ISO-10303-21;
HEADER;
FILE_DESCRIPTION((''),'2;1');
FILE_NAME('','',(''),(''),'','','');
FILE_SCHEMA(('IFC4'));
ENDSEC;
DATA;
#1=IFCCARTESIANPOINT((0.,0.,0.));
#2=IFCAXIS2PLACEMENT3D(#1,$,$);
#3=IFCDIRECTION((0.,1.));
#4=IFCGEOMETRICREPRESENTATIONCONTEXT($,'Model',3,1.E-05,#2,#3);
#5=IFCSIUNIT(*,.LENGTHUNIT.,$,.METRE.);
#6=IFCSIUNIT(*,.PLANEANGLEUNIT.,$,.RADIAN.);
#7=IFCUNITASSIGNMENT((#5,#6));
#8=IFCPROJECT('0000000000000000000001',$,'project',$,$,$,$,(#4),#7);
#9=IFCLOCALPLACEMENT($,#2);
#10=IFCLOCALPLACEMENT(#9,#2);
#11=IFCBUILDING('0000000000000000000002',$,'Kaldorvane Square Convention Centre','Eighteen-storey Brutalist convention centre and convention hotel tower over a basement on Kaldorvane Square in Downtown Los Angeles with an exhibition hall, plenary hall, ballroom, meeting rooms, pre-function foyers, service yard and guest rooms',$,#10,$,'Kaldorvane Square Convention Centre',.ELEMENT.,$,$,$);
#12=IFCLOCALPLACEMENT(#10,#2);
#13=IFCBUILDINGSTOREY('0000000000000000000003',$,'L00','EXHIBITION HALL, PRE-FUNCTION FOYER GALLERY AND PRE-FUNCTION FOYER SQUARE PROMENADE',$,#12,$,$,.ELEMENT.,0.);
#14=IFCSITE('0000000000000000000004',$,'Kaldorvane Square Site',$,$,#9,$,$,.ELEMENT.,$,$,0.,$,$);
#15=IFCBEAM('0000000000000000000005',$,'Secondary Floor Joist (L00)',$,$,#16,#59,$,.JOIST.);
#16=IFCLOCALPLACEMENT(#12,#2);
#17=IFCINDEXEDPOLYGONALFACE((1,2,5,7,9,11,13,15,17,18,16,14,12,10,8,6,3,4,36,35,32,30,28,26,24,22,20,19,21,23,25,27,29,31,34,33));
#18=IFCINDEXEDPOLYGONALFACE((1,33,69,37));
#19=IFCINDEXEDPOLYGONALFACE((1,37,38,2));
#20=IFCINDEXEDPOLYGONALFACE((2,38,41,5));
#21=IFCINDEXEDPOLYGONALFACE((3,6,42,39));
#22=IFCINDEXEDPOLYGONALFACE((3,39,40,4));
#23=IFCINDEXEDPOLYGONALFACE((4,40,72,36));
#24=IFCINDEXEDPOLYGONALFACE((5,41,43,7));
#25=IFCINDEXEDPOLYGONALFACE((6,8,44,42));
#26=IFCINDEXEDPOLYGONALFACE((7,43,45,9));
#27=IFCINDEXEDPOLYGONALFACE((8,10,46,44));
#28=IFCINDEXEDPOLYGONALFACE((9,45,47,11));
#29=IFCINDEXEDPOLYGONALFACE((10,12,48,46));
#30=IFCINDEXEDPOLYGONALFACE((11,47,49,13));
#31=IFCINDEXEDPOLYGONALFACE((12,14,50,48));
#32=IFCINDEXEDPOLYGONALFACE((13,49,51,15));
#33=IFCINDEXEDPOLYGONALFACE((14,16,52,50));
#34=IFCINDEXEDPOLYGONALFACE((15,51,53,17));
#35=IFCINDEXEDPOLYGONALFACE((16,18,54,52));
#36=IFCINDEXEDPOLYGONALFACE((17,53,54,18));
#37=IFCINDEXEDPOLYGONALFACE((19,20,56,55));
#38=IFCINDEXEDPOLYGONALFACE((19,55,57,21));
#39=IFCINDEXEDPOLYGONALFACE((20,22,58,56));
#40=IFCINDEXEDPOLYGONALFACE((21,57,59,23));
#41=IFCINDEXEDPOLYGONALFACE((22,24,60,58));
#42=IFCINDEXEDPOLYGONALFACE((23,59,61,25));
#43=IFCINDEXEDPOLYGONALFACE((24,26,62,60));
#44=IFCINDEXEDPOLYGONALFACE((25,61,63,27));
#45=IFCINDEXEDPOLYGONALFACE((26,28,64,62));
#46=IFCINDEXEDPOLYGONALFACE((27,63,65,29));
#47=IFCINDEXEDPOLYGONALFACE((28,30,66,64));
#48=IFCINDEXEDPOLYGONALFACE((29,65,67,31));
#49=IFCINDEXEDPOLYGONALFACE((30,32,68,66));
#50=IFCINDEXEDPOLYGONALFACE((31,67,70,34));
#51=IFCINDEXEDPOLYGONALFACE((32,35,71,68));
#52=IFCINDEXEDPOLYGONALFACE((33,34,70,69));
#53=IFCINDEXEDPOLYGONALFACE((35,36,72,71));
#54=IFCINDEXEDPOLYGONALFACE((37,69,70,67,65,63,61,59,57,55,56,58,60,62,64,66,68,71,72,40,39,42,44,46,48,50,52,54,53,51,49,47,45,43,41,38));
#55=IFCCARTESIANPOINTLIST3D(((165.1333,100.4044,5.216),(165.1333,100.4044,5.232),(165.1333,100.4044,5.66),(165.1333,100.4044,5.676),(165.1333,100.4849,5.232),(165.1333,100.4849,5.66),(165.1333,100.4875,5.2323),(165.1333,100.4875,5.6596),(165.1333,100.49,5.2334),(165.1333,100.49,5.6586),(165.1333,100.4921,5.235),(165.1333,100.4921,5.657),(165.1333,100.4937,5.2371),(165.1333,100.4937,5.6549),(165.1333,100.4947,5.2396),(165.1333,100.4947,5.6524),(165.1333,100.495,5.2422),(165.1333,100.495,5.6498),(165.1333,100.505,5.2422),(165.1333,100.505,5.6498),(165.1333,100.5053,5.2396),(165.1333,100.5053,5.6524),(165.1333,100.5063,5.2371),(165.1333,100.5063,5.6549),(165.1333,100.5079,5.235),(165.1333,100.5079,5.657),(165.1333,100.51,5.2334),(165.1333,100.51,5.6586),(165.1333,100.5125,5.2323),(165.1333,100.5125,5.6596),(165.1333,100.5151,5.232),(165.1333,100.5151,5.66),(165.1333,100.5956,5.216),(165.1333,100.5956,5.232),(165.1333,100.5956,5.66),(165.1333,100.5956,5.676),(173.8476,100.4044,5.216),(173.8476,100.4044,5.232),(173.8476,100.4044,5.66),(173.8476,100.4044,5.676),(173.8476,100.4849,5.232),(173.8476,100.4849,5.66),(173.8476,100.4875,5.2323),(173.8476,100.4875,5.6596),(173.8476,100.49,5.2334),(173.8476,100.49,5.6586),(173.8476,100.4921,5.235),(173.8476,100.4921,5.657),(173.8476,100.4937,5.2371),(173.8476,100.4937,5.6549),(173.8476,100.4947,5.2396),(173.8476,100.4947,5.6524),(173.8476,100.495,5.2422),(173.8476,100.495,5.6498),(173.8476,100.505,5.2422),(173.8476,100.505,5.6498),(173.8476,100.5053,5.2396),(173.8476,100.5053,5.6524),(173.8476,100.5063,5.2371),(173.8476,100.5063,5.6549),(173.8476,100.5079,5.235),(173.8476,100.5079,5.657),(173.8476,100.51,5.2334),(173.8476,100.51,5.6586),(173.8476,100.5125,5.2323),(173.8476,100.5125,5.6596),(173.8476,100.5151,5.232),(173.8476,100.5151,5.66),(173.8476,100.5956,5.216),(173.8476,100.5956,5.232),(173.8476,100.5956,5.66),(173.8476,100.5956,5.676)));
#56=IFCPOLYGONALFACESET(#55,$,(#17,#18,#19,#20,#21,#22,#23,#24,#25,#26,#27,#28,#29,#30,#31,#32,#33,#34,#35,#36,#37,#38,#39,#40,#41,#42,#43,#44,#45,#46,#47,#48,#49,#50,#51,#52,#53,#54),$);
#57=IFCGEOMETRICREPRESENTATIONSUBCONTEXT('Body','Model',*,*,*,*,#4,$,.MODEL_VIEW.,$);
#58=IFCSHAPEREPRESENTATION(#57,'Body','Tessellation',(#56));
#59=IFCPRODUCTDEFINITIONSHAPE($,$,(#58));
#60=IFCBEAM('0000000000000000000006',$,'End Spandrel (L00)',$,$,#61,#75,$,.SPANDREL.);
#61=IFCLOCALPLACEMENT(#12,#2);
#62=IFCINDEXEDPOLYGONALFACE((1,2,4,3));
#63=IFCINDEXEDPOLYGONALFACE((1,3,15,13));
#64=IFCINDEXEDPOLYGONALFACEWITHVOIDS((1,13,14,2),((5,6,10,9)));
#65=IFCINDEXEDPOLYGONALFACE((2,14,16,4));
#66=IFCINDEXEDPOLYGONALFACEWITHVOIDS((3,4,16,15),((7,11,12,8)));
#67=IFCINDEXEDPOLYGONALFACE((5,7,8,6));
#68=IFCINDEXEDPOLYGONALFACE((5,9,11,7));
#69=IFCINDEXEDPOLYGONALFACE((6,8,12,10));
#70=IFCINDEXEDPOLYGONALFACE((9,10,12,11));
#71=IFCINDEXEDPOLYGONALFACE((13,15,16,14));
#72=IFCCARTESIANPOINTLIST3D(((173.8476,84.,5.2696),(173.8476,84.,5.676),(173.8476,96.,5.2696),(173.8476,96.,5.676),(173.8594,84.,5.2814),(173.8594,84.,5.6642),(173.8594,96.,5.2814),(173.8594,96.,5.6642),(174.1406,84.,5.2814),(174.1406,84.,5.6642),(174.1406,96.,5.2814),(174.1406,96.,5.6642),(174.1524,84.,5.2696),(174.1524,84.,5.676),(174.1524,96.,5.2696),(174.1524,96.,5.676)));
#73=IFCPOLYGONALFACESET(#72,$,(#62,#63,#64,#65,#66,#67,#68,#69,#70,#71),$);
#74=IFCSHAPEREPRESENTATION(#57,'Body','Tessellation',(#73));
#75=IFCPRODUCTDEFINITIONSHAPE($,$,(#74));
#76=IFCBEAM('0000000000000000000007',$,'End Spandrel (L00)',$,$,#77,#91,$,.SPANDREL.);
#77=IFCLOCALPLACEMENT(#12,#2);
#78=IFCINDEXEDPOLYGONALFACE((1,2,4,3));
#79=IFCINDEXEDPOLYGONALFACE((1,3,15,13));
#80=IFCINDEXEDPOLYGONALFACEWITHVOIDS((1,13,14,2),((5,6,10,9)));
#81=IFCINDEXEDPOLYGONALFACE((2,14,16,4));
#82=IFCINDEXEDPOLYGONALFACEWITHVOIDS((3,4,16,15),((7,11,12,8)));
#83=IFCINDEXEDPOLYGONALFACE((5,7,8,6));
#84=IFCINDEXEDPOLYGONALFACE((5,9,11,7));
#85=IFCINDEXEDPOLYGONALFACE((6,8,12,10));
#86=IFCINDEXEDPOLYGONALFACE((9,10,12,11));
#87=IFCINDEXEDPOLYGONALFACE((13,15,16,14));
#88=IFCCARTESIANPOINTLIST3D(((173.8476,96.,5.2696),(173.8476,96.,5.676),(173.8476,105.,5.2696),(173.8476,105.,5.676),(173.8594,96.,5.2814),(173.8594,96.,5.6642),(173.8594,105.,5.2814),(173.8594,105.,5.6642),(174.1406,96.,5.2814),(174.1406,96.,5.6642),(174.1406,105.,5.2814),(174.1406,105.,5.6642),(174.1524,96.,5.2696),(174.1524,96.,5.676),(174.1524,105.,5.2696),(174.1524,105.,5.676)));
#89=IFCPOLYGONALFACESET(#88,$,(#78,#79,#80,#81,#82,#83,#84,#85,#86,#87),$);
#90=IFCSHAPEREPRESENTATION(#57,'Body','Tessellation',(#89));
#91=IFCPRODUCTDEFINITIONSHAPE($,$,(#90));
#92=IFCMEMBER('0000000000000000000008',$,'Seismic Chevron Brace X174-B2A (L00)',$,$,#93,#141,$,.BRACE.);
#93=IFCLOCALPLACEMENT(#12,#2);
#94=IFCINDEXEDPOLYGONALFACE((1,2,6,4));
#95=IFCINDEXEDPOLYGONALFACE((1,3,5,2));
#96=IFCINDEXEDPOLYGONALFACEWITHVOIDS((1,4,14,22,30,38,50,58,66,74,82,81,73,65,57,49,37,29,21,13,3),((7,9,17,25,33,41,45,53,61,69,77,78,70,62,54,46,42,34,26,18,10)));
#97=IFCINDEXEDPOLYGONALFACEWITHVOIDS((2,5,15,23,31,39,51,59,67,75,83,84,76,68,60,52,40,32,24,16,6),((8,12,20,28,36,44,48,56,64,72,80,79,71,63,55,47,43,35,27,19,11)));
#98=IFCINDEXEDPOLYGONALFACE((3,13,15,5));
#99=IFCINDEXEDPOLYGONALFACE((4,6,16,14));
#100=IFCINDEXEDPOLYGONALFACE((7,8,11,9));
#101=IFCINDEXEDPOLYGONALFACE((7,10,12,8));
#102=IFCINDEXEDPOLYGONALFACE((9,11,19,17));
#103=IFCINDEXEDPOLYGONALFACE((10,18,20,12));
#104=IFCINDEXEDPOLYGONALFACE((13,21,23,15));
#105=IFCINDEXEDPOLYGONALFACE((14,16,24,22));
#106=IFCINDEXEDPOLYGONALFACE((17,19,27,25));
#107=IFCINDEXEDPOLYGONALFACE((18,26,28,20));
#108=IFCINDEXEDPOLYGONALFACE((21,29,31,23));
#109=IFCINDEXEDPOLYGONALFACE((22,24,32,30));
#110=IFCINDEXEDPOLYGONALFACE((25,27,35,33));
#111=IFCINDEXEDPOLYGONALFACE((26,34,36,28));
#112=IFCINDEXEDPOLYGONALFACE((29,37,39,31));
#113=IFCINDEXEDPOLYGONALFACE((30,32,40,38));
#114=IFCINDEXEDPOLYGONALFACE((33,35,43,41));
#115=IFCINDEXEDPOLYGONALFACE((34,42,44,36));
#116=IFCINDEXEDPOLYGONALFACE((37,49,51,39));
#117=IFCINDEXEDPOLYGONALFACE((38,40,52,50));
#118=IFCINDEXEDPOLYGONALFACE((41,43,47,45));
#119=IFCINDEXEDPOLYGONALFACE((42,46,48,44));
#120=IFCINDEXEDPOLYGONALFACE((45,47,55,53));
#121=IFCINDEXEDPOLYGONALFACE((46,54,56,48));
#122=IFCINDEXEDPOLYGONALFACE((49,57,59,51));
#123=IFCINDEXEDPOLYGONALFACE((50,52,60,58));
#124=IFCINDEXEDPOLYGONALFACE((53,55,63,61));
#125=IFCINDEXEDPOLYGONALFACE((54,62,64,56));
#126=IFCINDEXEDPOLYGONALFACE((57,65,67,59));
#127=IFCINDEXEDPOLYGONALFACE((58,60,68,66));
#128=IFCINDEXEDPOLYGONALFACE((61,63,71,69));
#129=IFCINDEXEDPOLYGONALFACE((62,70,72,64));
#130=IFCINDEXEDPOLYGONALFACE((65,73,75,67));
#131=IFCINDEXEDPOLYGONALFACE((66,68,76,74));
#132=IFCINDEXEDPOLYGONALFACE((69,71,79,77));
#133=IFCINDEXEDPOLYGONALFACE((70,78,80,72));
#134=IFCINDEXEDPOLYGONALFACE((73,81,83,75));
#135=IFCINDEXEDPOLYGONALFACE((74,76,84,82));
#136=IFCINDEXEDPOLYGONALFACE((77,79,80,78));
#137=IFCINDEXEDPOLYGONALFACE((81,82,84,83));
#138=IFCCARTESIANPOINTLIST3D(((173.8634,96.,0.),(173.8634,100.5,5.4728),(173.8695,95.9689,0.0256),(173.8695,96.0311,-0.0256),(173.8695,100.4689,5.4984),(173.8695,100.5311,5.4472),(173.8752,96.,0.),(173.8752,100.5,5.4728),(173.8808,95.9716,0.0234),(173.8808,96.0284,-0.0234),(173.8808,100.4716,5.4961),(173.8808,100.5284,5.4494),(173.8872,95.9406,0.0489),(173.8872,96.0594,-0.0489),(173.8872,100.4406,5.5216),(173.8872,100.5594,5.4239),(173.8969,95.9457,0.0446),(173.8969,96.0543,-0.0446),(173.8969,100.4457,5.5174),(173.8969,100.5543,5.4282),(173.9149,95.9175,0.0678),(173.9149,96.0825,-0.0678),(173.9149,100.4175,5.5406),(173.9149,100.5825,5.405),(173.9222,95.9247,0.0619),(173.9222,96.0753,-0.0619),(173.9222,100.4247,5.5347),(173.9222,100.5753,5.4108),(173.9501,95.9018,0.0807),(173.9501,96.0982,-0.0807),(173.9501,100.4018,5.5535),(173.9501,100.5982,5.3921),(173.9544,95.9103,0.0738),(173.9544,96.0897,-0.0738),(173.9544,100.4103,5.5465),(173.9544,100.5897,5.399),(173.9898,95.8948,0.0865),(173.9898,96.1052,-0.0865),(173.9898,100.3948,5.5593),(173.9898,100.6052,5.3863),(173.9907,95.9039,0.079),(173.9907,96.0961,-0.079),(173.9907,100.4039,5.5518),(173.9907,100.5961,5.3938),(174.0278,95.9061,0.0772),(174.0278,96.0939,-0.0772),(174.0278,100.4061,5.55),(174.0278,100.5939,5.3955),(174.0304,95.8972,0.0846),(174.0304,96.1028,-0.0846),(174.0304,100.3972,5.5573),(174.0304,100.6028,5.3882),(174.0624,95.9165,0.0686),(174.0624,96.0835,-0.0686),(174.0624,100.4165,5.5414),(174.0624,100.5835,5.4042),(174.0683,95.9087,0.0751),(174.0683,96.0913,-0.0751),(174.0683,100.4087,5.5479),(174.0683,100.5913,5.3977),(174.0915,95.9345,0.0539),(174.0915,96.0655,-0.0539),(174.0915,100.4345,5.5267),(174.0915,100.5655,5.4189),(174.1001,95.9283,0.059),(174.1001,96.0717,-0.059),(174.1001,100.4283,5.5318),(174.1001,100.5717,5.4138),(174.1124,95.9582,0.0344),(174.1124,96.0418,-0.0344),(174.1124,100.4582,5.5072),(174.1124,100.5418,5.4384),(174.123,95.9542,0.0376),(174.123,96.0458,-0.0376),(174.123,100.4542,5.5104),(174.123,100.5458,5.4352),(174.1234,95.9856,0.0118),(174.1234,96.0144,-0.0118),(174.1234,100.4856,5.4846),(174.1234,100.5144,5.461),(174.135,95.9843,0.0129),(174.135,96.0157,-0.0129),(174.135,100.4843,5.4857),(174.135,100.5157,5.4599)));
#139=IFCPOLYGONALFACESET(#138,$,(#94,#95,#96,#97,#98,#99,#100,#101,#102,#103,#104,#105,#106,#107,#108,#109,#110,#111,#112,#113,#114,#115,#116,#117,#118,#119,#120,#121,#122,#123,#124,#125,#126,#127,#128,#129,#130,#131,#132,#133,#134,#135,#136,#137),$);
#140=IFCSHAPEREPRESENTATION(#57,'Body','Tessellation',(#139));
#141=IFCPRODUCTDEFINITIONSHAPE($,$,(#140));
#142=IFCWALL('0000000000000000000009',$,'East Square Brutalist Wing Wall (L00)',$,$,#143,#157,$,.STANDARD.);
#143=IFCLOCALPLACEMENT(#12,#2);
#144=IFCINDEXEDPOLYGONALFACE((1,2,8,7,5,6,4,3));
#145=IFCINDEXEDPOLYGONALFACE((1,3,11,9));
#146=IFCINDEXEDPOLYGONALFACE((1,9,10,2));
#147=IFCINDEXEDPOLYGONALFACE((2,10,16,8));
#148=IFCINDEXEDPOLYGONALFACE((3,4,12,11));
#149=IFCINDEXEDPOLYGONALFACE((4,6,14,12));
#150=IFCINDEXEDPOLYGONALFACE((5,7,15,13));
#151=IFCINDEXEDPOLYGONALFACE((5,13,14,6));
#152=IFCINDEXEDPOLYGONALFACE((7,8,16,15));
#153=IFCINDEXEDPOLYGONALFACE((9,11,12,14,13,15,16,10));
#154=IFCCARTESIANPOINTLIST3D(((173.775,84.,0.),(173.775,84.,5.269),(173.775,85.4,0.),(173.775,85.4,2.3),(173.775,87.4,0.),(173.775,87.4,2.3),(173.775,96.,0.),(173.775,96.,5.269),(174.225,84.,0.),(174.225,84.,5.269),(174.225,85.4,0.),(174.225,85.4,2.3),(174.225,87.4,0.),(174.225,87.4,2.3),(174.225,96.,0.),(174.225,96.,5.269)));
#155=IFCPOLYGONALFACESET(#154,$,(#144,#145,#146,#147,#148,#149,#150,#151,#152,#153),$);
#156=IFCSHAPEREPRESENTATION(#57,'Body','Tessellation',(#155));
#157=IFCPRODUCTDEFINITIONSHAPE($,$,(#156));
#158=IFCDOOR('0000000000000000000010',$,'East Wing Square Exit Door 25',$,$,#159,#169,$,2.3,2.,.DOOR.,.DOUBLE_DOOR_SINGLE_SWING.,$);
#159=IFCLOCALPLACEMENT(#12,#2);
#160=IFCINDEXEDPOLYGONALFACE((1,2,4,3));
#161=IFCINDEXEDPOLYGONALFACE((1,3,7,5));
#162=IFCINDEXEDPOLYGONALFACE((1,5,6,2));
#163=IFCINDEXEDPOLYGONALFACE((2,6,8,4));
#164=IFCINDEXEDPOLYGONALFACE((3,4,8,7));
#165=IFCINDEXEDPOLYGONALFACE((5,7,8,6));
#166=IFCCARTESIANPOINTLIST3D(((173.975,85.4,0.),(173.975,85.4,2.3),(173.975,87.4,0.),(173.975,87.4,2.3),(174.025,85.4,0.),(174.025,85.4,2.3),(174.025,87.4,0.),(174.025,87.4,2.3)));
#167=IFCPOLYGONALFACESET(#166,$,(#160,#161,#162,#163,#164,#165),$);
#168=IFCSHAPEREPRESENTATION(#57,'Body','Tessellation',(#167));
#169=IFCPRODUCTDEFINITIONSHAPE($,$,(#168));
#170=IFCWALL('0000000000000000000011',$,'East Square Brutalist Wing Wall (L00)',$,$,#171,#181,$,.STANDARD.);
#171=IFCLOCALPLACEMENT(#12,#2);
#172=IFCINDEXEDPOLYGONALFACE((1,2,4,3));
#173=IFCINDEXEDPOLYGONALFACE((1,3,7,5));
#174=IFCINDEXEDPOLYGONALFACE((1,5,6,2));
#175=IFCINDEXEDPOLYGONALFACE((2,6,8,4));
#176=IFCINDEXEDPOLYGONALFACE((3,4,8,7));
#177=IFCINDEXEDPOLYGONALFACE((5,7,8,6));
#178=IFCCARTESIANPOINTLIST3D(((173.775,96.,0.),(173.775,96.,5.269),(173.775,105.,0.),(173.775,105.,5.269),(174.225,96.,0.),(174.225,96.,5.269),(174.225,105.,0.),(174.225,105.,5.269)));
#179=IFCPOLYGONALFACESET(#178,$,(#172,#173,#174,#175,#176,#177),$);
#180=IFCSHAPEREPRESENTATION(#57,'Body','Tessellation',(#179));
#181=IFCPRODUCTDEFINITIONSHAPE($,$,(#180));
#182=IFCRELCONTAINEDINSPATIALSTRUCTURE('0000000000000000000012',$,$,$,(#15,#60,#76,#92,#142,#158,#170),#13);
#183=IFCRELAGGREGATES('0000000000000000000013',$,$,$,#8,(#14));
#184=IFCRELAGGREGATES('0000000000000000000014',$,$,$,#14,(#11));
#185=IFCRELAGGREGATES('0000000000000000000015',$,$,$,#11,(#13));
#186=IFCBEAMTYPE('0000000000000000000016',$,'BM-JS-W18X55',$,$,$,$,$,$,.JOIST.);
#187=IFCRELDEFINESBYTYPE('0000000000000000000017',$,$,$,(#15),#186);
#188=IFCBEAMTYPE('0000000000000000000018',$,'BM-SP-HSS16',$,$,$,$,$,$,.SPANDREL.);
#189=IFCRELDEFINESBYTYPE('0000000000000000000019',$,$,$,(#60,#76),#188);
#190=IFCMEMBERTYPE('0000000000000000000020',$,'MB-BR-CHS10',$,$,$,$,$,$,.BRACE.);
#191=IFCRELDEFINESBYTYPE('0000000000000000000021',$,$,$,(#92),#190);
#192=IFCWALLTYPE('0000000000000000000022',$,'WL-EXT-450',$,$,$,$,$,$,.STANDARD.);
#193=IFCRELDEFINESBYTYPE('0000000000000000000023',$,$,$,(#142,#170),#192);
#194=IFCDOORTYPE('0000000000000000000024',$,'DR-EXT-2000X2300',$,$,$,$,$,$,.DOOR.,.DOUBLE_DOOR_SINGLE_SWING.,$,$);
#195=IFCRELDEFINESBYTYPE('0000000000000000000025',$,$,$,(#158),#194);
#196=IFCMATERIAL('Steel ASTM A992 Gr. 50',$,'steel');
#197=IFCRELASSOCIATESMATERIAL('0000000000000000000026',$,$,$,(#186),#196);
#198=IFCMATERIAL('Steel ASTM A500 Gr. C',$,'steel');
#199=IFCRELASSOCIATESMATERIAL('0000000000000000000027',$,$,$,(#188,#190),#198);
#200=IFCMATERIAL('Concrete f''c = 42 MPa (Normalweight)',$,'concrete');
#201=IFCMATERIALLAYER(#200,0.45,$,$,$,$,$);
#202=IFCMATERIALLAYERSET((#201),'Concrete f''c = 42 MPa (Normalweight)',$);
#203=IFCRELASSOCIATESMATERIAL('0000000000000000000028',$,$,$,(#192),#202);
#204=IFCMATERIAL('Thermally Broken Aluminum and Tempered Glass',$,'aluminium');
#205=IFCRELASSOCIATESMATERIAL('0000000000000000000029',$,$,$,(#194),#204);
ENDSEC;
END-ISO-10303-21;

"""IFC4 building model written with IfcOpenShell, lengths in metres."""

from ifc_helpers import new_model, si_unit, direction, frame, frame_2d, origin, origin_2d, place, context, subcontext, project, spatial, rectangle, hollow_rectangle, hollow_circle, i_section, extrude, material, layer, layer_set, material_profile, profile_set, type_object, element, fill, save


model = new_model("IFC4")

# Units and contexts
model_context = context("Model", 3, precision=1e-05, world=origin(), true_north=direction((0.0, 1.0)))
body_context = subcontext(model_context, "Body", "Model", "MODEL_VIEW")
ifc_project = project(units=[si_unit("LENGTHUNIT", "METRE"), si_unit("PLANEANGLEUNIT", "RADIAN")], contexts=[model_context])

# Site, building, storey
site_placement = place(None, origin())
site = spatial("IfcSite", under=ifc_project, at=site_placement, Name="Kaldorvane Square Site", CompositionType="ELEMENT", RefElevation=0.0)
building_placement = place(site_placement, origin())
building = spatial("IfcBuilding", under=site, at=building_placement, Name="Kaldorvane Square Convention Centre", Description="Eighteen-storey Brutalist convention centre and convention hotel tower over a basement on Kaldorvane Square in Downtown Los Angeles with an exhibition hall, plenary hall, ballroom, meeting rooms, pre-function foyers, service yard and guest rooms", LongName="Kaldorvane Square Convention Centre", CompositionType="ELEMENT")
storey_placement = place(building_placement, origin())
storey = spatial("IfcBuildingStorey", under=building, at=storey_placement, Name="L00", Description="EXHIBITION HALL, PRE-FUNCTION FOYER GALLERY AND PRE-FUNCTION FOYER SQUARE PROMENADE", CompositionType="ELEMENT", Elevation=0.0)

# Shared definitions
ifc_material_1 = material(Name="Steel ASTM A992 Gr. 50", Category="steel")
ifc_material_2 = material(Name="Concrete f'c = 42 MPa (Normalweight)", Category="concrete")

# Beams
ifc_material_profile_1 = material_profile(ifc_material_1, i_section(OverallWidth=0.1913, OverallDepth=0.46, WebThickness=0.0099, FlangeThickness=0.016, FilletRadius=0.0102, at=origin_2d()), Name="W18X55")
ifc_profile_set_1 = profile_set([ifc_material_profile_1], Name="Steel ASTM A992 Gr. 50")
beam_type_1 = type_object("IfcBeamType", Name="BM-JS-W18X55", PredefinedType="JOIST", material=ifc_profile_set_1)
beam_1_placement = place(storey_placement, frame((165.1333, 100.5, 5.446), z_axis=(1.0, 0.0, 0.0), x_axis=(0.0, 1.0, 0.0)))
element("IfcBeam", 1, at=beam_1_placement, inside=storey, type_object=beam_type_1, Name="Secondary Floor Joist (L00)", PredefinedType="JOIST", context=body_context, shape_type="SweptSolid", body=[
    extrude(i_section(OverallWidth=0.1913, OverallDepth=0.46, WebThickness=0.0099, FlangeThickness=0.016, FilletRadius=0.0102, at=origin_2d()), origin(), (0.0, 0.0, 1.0), 8.7143),
])
ifc_material_3 = material(Name="Steel ASTM A500 Gr. C", Category="steel")
ifc_material_profile_2 = material_profile(ifc_material_3, hollow_rectangle(XDim=0.3048, YDim=0.4064, WallThickness=0.0118, at=origin_2d()), Name="HSS16X12X1/2")
ifc_profile_set_2 = profile_set([ifc_material_profile_2], Name="Steel ASTM A500 Gr. C")
beam_type_2 = type_object("IfcBeamType", Name="BM-SP-HSS16", PredefinedType="SPANDREL", material=ifc_profile_set_2)
beam_2_placement = place(storey_placement, frame((174.0, 84.0, 5.4728), z_axis=(0.0, 1.0, 0.0), x_axis=(-1.0, 0.0, 0.0)))
element("IfcBeam", 2, at=beam_2_placement, inside=storey, type_object=beam_type_2, Name="End Spandrel (L00)", PredefinedType="SPANDREL", context=body_context, shape_type="SweptSolid", body=[
    extrude(hollow_rectangle(XDim=0.3048, YDim=0.4064, WallThickness=0.0118, at=origin_2d()), origin(), (0.0, 0.0, 1.0), 12.0),
])
beam_3_placement = place(storey_placement, frame((174.0, 96.0, 5.4728), z_axis=(0.0, 1.0, 0.0), x_axis=(-1.0, 0.0, 0.0)))
element("IfcBeam", 3, at=beam_3_placement, inside=storey, type_object=beam_type_2, Name="End Spandrel (L00)", PredefinedType="SPANDREL", context=body_context, shape_type="SweptSolid", body=[
    extrude(hollow_rectangle(XDim=0.3048, YDim=0.4064, WallThickness=0.0118, at=origin_2d()), origin(), (0.0, 0.0, 1.0), 9.0),
])

# Member
ifc_material_profile_3 = material_profile(ifc_material_3, hollow_circle(Radius=0.1366, WallThickness=0.0118, at=origin_2d()), Name="HSS10.750X0.500")
ifc_profile_set_3 = profile_set([ifc_material_profile_3], Name="Steel ASTM A500 Gr. C")
member_type = type_object("IfcMemberType", Name="MB-BR-CHS10", PredefinedType="BRACE", material=ifc_profile_set_3)
member_placement = place(storey_placement, frame((174.0, 96.0, 0.0), z_axis=(0.0, 0.635118, 0.772415), x_axis=(-1.0, 0.0, 0.0)))
element("IfcMember", 4, at=member_placement, inside=storey, type_object=member_type, Name="Seismic Chevron Brace X174-B2A (L00)", PredefinedType="BRACE", context=body_context, shape_type="SweptSolid", body=[
    extrude(hollow_circle(Radius=0.1366, WallThickness=0.0118, at=origin_2d()), origin(), (0.0, 0.0, 1.0), 7.0853),
])

# Wall, opening, door
ifc_layer = layer(ifc_material_2, 0.45)
ifc_layer_set = layer_set([ifc_layer], Name="Concrete f'c = 42 MPa (Normalweight)")
wall_type = type_object("IfcWallType", Name="WL-EXT-450", PredefinedType="STANDARD", material=ifc_layer_set)
wall_1_placement = place(storey_placement, frame((174.0, 84.0, 0.0), z_axis=(0.0, 0.0, 1.0), x_axis=(0.0, 1.0, 0.0)))
wall_1 = element("IfcWall", 5, at=wall_1_placement, inside=storey, type_object=wall_type, Name="East Square Brutalist Wing Wall (L00)", PredefinedType="STANDARD", context=body_context, shape_type="SweptSolid", body=[
    extrude(rectangle(XDim=12.0, YDim=0.45, at=frame_2d((6.0, 0.0))), origin(), (0.0, 0.0, 1.0), 5.269),
])
opening_placement = place(wall_1_placement, frame((1.4, 0.0, 0.0)))
opening = element("IfcOpeningElement", 6, at=opening_placement, cuts=wall_1, PredefinedType="OPENING", context=body_context, shape_type="SweptSolid", body=[
    extrude(rectangle(XDim=2.0, YDim=2.3, at=frame_2d((1.0, 1.15))), frame((0.0, 0.24, 0.0), z_axis=(0.0, -1.0, 0.0), x_axis=(1.0, 0.0, 0.0)), (0.0, 0.0, 1.0), 0.48),
])
ifc_material_4 = material(Name="Thermally Broken Aluminum and Tempered Glass", Category="aluminium")
door_type = type_object("IfcDoorType", Name="DR-EXT-2000X2300", OperationType="DOUBLE_DOOR_SINGLE_SWING", PredefinedType="DOOR", material=ifc_material_4)
door_placement = place(opening_placement, origin())
door = element("IfcDoor", 7, at=door_placement, inside=storey, type_object=door_type, Name="East Wing Square Exit Door 25", OperationType="DOUBLE_DOOR_SINGLE_SWING", OverallHeight=2.3, OverallWidth=2.0, PredefinedType="DOOR", context=body_context, shape_type="SweptSolid", body=[
    extrude(rectangle(XDim=2.0, YDim=2.3, at=frame_2d((1.0, 1.15))), frame((0.0, 0.025, 0.0), z_axis=(0.0, -1.0, 0.0), x_axis=(1.0, 0.0, 0.0)), (0.0, 0.0, 1.0), 0.05),
])
fill(opening, door)

# Wall
wall_2_placement = place(storey_placement, frame((174.0, 96.0, 0.0), z_axis=(0.0, 0.0, 1.0), x_axis=(0.0, 1.0, 0.0)))
element("IfcWall", 8, at=wall_2_placement, inside=storey, type_object=wall_type, Name="East Square Brutalist Wing Wall (L00)", PredefinedType="STANDARD", context=body_context, shape_type="SweptSolid", body=[
    extrude(rectangle(XDim=9.0, YDim=0.45, at=frame_2d((4.5, 0.0))), origin(), (0.0, 0.0, 1.0), 5.269),
])

save(model, "model.ifc")
